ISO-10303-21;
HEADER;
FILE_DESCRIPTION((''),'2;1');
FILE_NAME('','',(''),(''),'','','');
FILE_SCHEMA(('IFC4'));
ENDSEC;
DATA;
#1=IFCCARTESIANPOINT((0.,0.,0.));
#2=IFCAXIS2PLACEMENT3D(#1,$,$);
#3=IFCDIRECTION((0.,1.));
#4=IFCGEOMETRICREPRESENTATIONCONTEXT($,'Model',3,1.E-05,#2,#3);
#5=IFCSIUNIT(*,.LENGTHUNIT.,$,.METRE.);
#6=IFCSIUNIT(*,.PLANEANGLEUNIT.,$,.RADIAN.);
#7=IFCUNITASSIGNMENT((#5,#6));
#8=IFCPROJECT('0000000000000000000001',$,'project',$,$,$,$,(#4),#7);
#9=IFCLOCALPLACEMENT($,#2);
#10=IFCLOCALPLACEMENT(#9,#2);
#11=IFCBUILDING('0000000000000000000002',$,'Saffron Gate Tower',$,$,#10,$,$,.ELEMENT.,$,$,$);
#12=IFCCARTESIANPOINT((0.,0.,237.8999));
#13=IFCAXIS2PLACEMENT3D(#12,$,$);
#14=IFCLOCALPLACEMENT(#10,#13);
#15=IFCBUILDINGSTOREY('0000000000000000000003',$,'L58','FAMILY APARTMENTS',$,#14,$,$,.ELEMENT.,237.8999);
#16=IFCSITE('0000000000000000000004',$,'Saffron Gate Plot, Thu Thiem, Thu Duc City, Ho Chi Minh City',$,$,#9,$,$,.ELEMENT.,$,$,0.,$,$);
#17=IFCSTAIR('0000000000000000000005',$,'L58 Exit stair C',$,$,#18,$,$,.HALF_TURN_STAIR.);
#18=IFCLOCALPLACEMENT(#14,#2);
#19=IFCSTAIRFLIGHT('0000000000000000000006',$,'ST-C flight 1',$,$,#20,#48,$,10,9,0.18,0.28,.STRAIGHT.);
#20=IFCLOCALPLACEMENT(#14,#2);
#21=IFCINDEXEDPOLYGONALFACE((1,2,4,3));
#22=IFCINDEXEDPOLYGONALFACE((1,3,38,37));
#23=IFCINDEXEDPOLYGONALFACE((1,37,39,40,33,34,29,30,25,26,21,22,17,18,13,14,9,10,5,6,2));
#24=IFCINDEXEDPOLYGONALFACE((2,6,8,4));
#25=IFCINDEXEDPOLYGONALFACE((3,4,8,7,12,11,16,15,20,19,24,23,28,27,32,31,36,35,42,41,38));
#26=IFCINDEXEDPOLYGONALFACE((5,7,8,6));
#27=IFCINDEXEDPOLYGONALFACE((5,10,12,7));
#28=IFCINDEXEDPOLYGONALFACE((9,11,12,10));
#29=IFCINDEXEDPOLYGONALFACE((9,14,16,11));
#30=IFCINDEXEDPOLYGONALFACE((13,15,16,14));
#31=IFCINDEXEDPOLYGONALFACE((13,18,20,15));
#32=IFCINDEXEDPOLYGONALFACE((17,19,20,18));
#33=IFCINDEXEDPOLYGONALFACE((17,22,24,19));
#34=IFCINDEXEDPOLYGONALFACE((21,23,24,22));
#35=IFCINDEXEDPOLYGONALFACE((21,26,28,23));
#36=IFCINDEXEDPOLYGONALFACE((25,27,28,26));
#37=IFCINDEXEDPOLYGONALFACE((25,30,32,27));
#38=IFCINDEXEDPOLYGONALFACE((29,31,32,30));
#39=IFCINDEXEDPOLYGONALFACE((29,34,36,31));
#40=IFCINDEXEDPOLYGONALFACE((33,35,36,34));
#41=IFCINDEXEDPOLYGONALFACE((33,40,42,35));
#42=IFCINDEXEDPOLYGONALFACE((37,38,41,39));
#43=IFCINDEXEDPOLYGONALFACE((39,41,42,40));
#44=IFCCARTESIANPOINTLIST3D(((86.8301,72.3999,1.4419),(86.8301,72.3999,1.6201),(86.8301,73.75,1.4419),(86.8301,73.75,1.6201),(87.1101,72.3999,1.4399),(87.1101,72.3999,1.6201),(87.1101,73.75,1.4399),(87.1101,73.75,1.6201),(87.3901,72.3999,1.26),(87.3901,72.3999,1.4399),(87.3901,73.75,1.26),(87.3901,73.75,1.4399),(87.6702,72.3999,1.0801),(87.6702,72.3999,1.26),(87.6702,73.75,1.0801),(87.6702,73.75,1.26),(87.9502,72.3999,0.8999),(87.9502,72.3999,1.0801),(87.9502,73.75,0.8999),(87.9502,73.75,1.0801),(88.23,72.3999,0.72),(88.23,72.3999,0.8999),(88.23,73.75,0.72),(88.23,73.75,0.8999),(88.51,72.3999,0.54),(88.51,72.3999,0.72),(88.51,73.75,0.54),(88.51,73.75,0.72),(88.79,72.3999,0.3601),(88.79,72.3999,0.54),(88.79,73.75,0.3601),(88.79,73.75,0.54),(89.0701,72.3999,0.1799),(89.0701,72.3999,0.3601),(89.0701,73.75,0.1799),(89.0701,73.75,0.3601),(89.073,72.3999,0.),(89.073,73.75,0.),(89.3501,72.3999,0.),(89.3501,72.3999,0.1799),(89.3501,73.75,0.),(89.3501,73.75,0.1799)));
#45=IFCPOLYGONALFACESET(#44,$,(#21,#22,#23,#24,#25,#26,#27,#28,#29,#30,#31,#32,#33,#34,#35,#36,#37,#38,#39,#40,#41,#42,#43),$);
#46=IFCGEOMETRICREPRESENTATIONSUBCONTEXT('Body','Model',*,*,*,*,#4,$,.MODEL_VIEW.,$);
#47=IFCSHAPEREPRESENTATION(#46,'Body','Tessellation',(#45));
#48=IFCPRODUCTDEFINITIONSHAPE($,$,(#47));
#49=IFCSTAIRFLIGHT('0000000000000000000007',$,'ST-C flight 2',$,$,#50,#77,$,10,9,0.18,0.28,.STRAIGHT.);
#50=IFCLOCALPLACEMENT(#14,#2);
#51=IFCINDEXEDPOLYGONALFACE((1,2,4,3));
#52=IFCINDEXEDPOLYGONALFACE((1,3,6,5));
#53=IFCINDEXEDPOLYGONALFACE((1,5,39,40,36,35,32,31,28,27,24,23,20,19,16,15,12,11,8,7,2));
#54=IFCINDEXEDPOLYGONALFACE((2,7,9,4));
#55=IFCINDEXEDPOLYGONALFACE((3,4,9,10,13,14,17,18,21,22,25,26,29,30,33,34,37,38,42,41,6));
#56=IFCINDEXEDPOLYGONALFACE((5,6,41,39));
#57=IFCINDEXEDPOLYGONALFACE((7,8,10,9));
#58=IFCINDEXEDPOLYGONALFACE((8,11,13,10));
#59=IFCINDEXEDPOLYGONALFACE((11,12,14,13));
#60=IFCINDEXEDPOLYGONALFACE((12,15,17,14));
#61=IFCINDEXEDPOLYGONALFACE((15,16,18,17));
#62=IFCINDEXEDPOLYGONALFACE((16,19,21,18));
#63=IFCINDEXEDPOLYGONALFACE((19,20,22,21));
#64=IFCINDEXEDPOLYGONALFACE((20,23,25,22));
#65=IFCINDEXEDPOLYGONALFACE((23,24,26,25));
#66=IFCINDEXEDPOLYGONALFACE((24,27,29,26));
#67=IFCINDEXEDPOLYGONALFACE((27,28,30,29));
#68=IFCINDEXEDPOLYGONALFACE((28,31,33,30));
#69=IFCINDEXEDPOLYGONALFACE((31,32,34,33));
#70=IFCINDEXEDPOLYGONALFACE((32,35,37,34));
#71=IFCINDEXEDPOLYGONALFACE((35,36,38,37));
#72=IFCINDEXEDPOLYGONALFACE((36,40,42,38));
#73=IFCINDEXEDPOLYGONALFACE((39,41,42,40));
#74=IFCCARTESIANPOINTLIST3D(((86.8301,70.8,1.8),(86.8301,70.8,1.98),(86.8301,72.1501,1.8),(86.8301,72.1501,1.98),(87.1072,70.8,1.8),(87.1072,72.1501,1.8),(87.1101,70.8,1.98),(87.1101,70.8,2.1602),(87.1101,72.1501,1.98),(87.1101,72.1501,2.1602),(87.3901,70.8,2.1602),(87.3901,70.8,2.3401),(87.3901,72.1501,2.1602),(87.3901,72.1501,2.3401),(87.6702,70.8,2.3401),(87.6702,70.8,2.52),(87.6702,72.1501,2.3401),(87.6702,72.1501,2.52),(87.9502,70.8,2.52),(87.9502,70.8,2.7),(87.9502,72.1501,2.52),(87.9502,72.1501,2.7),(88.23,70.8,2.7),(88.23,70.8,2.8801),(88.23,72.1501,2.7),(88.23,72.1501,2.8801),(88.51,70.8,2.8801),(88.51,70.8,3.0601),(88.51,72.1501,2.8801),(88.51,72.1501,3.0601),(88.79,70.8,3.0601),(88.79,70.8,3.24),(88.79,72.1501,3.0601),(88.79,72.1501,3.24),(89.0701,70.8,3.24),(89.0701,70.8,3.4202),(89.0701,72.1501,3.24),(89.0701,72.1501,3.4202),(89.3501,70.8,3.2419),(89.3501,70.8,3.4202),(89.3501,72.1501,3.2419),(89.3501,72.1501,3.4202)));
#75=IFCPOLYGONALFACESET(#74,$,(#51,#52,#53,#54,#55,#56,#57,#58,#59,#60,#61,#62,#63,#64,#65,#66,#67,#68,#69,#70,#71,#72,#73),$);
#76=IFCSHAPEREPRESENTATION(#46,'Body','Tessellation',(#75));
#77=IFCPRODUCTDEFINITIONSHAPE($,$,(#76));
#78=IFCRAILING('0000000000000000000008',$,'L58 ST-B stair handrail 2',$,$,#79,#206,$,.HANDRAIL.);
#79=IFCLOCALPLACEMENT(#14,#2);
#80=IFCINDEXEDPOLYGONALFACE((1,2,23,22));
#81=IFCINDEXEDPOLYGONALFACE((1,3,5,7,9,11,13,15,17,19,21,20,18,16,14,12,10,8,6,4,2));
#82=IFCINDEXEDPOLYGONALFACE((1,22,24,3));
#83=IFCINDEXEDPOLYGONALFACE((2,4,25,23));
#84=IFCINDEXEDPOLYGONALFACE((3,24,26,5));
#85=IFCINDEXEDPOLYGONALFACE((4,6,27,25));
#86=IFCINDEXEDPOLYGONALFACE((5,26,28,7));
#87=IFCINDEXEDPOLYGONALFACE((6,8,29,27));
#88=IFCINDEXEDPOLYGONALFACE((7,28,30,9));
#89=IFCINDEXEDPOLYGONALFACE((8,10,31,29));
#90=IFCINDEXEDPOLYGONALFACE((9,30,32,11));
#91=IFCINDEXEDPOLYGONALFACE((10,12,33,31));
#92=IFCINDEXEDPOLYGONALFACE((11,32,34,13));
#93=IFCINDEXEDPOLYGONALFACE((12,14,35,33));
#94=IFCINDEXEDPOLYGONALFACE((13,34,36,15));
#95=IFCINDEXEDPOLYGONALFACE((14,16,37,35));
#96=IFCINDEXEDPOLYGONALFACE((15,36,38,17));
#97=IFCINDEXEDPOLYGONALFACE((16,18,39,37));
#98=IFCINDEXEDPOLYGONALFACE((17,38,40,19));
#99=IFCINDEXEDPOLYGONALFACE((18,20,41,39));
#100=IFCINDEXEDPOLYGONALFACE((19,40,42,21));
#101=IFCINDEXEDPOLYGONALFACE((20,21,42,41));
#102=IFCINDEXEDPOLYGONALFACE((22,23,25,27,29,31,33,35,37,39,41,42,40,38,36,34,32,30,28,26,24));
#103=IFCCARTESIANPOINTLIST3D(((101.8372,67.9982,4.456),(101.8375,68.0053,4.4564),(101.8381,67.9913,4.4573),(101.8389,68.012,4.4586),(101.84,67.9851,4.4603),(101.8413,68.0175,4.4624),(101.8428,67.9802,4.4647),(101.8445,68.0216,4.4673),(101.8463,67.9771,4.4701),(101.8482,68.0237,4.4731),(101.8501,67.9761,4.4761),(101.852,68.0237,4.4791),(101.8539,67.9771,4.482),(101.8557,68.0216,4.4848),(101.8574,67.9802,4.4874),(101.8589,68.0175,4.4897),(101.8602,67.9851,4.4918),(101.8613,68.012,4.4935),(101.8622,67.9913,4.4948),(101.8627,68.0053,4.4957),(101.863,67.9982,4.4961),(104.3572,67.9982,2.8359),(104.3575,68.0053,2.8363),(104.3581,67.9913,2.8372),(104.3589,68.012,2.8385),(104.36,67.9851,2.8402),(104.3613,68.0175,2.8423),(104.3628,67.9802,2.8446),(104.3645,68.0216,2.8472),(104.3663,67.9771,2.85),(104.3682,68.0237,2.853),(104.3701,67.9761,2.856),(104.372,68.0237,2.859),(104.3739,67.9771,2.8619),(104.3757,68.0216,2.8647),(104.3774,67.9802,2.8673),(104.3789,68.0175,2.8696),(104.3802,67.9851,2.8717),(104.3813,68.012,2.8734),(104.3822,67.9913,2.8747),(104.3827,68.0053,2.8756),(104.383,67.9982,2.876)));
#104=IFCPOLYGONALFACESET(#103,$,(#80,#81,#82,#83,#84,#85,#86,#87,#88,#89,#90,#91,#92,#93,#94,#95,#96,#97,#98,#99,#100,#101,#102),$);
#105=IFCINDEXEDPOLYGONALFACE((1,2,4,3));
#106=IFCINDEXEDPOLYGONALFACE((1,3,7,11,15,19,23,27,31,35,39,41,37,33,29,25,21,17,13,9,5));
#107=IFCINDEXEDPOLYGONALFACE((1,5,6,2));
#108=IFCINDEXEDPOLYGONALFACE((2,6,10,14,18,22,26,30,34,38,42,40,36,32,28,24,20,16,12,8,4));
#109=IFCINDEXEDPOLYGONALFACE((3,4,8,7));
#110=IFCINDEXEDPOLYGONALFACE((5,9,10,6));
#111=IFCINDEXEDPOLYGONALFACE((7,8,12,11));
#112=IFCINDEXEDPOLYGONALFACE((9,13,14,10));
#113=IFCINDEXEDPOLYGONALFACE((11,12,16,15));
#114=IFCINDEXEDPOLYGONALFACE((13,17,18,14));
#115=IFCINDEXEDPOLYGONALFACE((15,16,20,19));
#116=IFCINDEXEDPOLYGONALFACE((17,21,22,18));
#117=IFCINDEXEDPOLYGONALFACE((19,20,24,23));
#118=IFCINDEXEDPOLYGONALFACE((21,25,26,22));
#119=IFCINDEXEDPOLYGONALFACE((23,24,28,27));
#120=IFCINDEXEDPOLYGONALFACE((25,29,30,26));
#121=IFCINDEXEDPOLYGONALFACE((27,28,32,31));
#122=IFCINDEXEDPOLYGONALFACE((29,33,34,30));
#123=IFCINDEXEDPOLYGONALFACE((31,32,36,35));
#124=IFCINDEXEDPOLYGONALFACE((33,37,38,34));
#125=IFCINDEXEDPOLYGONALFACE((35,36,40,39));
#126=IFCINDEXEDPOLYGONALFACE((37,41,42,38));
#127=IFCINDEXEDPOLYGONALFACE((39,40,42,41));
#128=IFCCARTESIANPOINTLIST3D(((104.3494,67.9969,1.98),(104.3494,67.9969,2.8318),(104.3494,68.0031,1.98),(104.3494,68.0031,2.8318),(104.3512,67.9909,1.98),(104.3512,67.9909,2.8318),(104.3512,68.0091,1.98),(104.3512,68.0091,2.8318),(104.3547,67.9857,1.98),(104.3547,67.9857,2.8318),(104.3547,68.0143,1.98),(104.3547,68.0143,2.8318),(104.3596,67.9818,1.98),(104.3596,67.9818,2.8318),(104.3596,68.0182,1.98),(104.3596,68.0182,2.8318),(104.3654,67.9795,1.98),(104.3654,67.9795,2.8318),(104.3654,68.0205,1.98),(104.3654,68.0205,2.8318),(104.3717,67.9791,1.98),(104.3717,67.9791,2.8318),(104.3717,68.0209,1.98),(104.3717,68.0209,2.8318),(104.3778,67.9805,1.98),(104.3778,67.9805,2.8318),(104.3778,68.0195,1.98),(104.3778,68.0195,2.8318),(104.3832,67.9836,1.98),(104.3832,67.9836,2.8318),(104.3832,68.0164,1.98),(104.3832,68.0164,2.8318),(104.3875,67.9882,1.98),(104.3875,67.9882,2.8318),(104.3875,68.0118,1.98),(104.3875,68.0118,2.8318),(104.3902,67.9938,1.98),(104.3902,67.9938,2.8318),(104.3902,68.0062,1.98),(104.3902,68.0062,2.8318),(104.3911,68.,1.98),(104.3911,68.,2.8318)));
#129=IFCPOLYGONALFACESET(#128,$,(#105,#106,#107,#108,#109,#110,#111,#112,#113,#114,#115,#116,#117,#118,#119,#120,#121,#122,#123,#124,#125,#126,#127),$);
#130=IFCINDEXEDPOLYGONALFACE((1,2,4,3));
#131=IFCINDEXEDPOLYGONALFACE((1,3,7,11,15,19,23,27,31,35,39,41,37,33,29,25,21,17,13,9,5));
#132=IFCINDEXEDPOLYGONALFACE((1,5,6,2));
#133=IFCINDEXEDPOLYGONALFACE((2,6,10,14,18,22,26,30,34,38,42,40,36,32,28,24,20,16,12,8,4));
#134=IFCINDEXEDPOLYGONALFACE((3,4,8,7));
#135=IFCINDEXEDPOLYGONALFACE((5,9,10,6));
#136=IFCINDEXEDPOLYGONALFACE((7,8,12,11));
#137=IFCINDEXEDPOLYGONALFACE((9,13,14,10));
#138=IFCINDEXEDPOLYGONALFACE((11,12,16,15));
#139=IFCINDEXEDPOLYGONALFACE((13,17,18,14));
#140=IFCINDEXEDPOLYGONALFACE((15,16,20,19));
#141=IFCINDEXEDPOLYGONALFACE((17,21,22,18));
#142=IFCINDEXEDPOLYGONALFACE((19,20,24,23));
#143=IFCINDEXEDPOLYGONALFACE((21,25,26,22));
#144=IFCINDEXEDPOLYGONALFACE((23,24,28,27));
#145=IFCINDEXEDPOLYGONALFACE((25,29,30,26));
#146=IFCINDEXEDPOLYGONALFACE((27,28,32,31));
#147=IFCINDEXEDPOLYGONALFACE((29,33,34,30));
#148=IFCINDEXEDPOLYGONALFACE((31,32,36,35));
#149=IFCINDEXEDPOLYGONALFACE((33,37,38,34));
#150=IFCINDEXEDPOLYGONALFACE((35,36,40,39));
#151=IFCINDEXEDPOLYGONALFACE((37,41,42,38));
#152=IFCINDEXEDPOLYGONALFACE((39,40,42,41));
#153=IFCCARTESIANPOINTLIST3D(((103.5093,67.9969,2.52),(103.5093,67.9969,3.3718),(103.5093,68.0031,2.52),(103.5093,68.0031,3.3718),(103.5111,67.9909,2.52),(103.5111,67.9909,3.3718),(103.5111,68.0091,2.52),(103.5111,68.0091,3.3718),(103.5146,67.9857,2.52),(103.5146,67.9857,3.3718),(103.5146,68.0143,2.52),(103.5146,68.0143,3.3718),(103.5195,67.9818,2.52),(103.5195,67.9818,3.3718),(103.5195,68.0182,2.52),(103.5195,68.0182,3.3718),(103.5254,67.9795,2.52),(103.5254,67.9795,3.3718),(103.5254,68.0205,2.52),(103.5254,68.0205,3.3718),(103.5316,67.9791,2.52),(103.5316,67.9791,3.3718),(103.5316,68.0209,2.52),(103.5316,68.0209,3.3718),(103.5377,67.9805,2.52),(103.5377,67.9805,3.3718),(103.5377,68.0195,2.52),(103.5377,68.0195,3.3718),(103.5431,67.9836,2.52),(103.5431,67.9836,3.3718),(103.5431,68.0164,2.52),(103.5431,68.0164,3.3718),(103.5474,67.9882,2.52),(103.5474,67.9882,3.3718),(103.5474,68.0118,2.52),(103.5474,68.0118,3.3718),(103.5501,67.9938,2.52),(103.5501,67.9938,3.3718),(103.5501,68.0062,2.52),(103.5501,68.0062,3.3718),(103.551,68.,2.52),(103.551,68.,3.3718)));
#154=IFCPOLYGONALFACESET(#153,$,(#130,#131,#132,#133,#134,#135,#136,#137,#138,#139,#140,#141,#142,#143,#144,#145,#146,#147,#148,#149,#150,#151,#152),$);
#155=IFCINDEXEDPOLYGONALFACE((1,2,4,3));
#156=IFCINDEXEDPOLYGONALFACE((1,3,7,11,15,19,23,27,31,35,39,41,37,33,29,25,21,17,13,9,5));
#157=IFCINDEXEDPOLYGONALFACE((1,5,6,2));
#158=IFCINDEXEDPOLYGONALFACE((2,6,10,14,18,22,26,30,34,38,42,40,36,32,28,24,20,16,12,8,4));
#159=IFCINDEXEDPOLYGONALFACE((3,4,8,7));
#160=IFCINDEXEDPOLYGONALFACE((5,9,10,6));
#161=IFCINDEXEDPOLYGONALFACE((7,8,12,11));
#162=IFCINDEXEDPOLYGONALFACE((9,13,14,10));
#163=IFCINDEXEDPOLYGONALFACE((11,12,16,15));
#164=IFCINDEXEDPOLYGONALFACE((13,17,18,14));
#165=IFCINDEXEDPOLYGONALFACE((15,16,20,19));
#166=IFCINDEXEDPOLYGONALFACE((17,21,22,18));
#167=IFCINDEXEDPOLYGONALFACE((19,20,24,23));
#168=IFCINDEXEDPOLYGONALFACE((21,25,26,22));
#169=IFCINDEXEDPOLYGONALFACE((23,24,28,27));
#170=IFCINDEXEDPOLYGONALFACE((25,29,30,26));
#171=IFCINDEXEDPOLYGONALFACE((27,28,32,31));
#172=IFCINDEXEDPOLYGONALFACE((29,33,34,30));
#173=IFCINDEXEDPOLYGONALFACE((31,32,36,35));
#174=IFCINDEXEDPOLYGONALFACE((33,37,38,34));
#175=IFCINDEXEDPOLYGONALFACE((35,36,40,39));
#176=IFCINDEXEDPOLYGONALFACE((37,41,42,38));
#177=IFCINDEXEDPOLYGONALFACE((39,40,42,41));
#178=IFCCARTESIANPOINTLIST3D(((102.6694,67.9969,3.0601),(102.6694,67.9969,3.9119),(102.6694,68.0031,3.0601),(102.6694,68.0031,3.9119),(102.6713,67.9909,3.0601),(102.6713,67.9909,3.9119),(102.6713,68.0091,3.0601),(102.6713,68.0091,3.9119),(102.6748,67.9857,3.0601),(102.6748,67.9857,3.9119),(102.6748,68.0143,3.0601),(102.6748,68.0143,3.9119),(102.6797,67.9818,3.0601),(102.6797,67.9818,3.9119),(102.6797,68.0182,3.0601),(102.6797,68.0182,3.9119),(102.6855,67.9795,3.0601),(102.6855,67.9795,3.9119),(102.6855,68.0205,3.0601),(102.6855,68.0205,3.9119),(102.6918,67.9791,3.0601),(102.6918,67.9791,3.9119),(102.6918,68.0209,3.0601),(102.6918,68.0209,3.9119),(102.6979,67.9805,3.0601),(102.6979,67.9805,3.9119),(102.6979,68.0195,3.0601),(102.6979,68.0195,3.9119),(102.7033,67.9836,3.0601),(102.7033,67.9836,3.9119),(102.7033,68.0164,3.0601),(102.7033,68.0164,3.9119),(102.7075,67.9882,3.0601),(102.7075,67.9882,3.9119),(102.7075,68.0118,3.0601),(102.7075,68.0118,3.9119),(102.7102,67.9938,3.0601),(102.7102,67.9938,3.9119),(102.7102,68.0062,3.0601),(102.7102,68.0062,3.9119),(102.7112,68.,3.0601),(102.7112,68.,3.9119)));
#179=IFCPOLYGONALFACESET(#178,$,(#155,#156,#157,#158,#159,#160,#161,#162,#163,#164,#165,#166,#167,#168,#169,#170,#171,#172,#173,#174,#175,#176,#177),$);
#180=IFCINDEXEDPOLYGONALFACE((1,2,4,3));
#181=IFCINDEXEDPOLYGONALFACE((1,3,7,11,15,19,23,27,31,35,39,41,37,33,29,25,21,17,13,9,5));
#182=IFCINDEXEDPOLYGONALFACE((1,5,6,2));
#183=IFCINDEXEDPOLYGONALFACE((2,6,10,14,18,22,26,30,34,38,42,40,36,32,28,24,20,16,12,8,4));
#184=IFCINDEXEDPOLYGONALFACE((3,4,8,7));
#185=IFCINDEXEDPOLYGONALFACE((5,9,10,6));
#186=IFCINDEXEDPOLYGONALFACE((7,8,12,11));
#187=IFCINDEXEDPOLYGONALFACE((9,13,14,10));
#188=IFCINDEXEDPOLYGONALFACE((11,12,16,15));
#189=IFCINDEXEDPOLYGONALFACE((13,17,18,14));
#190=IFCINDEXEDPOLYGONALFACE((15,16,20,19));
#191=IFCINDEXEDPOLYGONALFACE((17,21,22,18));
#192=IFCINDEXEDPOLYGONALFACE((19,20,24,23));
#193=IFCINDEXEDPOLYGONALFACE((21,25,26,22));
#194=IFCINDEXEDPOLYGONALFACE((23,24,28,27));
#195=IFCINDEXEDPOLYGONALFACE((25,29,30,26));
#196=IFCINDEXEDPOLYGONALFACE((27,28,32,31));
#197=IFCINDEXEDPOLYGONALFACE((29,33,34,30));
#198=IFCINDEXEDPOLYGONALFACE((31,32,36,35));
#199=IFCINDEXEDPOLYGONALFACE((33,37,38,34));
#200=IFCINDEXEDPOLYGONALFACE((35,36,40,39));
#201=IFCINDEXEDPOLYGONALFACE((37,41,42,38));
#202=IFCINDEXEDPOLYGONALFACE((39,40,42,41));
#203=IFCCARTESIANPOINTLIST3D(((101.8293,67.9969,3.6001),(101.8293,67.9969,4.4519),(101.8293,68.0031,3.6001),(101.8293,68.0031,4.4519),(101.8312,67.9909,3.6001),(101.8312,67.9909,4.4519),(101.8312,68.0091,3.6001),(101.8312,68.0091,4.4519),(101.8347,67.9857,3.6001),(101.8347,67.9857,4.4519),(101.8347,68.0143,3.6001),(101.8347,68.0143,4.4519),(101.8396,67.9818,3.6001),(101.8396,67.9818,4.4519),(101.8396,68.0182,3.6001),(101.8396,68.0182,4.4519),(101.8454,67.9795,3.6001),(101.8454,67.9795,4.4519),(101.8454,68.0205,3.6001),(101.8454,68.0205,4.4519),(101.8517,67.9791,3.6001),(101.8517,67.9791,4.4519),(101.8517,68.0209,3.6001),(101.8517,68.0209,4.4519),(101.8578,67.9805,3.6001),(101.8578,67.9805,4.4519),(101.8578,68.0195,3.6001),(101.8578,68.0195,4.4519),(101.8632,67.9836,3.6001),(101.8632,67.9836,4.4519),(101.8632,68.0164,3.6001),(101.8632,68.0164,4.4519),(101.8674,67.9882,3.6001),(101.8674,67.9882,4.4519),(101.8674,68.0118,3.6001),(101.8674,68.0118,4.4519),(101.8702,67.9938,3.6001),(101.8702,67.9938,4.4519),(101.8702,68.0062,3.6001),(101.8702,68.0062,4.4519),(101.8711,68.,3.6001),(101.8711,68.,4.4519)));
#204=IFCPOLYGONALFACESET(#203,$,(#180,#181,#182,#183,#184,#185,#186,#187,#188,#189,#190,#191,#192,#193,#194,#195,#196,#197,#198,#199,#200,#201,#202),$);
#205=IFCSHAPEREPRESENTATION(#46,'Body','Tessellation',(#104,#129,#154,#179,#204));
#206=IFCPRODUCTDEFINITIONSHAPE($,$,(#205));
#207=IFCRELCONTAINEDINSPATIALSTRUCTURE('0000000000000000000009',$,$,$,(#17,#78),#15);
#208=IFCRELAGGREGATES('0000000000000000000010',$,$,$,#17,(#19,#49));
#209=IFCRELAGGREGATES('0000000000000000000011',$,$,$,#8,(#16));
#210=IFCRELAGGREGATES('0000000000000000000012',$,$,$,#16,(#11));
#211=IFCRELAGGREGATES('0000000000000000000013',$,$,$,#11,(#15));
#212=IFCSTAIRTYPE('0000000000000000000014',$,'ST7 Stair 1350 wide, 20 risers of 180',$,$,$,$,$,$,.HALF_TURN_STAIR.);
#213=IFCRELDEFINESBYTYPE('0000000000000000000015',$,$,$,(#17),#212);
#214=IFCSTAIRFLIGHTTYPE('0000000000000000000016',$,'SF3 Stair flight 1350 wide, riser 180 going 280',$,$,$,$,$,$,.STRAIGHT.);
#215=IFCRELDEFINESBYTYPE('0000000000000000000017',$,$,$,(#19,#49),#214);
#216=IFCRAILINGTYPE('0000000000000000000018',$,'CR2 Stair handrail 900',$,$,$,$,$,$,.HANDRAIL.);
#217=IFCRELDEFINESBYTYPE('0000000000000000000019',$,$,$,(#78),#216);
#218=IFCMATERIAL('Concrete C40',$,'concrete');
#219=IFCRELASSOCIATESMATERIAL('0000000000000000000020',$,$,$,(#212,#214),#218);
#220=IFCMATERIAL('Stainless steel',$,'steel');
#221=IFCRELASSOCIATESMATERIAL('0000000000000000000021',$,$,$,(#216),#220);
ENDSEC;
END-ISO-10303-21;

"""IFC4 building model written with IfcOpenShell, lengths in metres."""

from ifc_helpers import new_model, si_unit, direction, frame, origin, origin_2d, place, context, subcontext, project, spatial, polyline, circle, outline, extrude, material, type_object, element, aggregate, save


model = new_model("IFC4")

# Units and contexts
model_context = context("Model", 3, precision=1e-05, world=origin(), true_north=direction((0.0, 1.0)))
body_context = subcontext(model_context, "Body", "Model", "MODEL_VIEW")
ifc_project = project(units=[si_unit("LENGTHUNIT", "METRE"), si_unit("PLANEANGLEUNIT", "RADIAN")], contexts=[model_context])

# Site, building, storey
site_placement = place(None, origin())
site = spatial("IfcSite", under=ifc_project, at=site_placement, Name="Saffron Gate Plot, Thu Thiem, Thu Duc City, Ho Chi Minh City", CompositionType="ELEMENT", RefElevation=0.0)
building_placement = place(site_placement, origin())
building = spatial("IfcBuilding", under=site, at=building_placement, Name="Saffron Gate Tower", CompositionType="ELEMENT")
storey_placement = place(building_placement, frame((0.0, 0.0, 237.8999)))
storey = spatial("IfcBuildingStorey", under=building, at=storey_placement, Name="L58", Description="FAMILY APARTMENTS", CompositionType="ELEMENT", Elevation=237.8999)

# Stair, stair flights
ifc_material_1 = material(Name="Concrete C40", Category="concrete")
stair_type = type_object("IfcStairType", Name="ST7 Stair 1350 wide, 20 risers of 180", PredefinedType="HALF_TURN_STAIR", material=ifc_material_1)
stair_flight_type = type_object("IfcStairFlightType", Name="SF3 Stair flight 1350 wide, riser 180 going 280", PredefinedType="STRAIGHT", material=ifc_material_1)
stair_1_placement = place(storey_placement, origin())
stair_1 = element("IfcStair", 1, at=stair_1_placement, inside=storey, type_object=stair_type, Name="L58 Exit stair C", PredefinedType="HALF_TURN_STAIR")
stair_flight_1_placement = place(storey_placement, frame((89.3501, 73.075, 0.0), z_axis=(0.0, 0.0, 1.0), x_axis=(-1.0, 0.0, 0.0)))
stair_flight_1 = element("IfcStairFlight", 2, at=stair_flight_1_placement, type_object=stair_flight_type, Name="ST-C flight 1", NumberOfRisers=10, NumberOfTreads=9, PredefinedType="STRAIGHT", RiserHeight=0.18, TreadLength=0.28, context=body_context, shape_type="SweptSolid", body=[
    extrude(outline(polyline([(0.0, 0.0), (0.0, 0.1799), (0.28, 0.1799), (0.28, 0.3601), (0.5601, 0.3601), (0.5601, 0.54), (0.8401, 0.54), (0.8401, 0.72), (1.1201, 0.72), (1.1201, 0.8999), (1.3999, 0.8999), (1.3999, 1.0801), (1.6799, 1.0801), (1.6799, 1.26), (1.96, 1.26), (1.96, 1.4399), (2.24, 1.4399), (2.24, 1.6201), (2.52, 1.6201), (2.52, 1.8), (2.52, 1.4419), (0.2771, 0.0), (0.0, 0.0)])), frame((0.0, 0.675, 0.0), z_axis=(0.0, -1.0, 0.0), x_axis=(1.0, 0.0, 0.0)), (0.0, 0.0, 1.0), 1.3501),
])
stair_flight_2_placement = place(storey_placement, frame((86.8301, 71.4751, 1.8), z_axis=(0.0, 0.0, 1.0), x_axis=(1.0, 0.0, 0.0)))
stair_flight_2 = element("IfcStairFlight", 3, at=stair_flight_2_placement, type_object=stair_flight_type, Name="ST-C flight 2", NumberOfRisers=10, NumberOfTreads=9, PredefinedType="STRAIGHT", RiserHeight=0.18, TreadLength=0.28, context=body_context, shape_type="SweptSolid", body=[
    extrude(outline(polyline([(0.0, 0.0), (0.0, 0.1799), (0.28, 0.1799), (0.28, 0.3601), (0.5601, 0.3601), (0.5601, 0.54), (0.8401, 0.54), (0.8401, 0.72), (1.1201, 0.72), (1.1201, 0.8999), (1.3999, 0.8999), (1.3999, 1.0801), (1.6799, 1.0801), (1.6799, 1.26), (1.96, 1.26), (1.96, 1.4399), (2.24, 1.4399), (2.24, 1.6201), (2.52, 1.6201), (2.52, 1.8), (2.52, 1.4419), (0.2771, 0.0), (0.0, 0.0)])), frame((0.0, 0.675, 0.0), z_axis=(0.0, -1.0, 0.0), x_axis=(1.0, 0.0, 0.0)), (0.0, 0.0, 1.0), 1.3501),
])
aggregate(stair_1, [stair_flight_1, stair_flight_2])

# Railing
ifc_material_2 = material(Name="Stainless steel", Category="steel")
railing_type_1 = type_object("IfcRailingType", Name="CR2 Stair handrail 900", PredefinedType="HANDRAIL", material=ifc_material_2)
railing_1_placement = place(storey_placement, frame((104.3701, 68.0, 1.98)))
element("IfcRailing", 4, at=railing_1_placement, inside=storey, type_object=railing_type_1, Name="L58 ST-B stair handrail 2", PredefinedType="HANDRAIL", context=body_context, shape_type="SweptSolid", body=[
    extrude(circle(Radius=0.0239, at=origin_2d()), frame((0.0, 0.0, 0.876), z_axis=(-0.841163, 0.0, 0.540782), x_axis=(0.0, -1.0, 0.0)), (0.0, 0.0, 1.0), 2.9958),
    extrude(circle(Radius=0.021, at=origin_2d()), origin(), (0.0, 0.0, 1.0), 0.8518),
    extrude(circle(Radius=0.021, at=origin_2d()), frame((-0.8401, 0.0, 0.54)), (0.0, 0.0, 1.0), 0.8518),
    extrude(circle(Radius=0.021, at=origin_2d()), frame((-1.6799, 0.0, 1.0801)), (0.0, 0.0, 1.0), 0.8518),
    extrude(circle(Radius=0.021, at=origin_2d()), frame((-2.52, 0.0, 1.6201)), (0.0, 0.0, 1.0), 0.8518),
])

save(model, "model.ifc")
